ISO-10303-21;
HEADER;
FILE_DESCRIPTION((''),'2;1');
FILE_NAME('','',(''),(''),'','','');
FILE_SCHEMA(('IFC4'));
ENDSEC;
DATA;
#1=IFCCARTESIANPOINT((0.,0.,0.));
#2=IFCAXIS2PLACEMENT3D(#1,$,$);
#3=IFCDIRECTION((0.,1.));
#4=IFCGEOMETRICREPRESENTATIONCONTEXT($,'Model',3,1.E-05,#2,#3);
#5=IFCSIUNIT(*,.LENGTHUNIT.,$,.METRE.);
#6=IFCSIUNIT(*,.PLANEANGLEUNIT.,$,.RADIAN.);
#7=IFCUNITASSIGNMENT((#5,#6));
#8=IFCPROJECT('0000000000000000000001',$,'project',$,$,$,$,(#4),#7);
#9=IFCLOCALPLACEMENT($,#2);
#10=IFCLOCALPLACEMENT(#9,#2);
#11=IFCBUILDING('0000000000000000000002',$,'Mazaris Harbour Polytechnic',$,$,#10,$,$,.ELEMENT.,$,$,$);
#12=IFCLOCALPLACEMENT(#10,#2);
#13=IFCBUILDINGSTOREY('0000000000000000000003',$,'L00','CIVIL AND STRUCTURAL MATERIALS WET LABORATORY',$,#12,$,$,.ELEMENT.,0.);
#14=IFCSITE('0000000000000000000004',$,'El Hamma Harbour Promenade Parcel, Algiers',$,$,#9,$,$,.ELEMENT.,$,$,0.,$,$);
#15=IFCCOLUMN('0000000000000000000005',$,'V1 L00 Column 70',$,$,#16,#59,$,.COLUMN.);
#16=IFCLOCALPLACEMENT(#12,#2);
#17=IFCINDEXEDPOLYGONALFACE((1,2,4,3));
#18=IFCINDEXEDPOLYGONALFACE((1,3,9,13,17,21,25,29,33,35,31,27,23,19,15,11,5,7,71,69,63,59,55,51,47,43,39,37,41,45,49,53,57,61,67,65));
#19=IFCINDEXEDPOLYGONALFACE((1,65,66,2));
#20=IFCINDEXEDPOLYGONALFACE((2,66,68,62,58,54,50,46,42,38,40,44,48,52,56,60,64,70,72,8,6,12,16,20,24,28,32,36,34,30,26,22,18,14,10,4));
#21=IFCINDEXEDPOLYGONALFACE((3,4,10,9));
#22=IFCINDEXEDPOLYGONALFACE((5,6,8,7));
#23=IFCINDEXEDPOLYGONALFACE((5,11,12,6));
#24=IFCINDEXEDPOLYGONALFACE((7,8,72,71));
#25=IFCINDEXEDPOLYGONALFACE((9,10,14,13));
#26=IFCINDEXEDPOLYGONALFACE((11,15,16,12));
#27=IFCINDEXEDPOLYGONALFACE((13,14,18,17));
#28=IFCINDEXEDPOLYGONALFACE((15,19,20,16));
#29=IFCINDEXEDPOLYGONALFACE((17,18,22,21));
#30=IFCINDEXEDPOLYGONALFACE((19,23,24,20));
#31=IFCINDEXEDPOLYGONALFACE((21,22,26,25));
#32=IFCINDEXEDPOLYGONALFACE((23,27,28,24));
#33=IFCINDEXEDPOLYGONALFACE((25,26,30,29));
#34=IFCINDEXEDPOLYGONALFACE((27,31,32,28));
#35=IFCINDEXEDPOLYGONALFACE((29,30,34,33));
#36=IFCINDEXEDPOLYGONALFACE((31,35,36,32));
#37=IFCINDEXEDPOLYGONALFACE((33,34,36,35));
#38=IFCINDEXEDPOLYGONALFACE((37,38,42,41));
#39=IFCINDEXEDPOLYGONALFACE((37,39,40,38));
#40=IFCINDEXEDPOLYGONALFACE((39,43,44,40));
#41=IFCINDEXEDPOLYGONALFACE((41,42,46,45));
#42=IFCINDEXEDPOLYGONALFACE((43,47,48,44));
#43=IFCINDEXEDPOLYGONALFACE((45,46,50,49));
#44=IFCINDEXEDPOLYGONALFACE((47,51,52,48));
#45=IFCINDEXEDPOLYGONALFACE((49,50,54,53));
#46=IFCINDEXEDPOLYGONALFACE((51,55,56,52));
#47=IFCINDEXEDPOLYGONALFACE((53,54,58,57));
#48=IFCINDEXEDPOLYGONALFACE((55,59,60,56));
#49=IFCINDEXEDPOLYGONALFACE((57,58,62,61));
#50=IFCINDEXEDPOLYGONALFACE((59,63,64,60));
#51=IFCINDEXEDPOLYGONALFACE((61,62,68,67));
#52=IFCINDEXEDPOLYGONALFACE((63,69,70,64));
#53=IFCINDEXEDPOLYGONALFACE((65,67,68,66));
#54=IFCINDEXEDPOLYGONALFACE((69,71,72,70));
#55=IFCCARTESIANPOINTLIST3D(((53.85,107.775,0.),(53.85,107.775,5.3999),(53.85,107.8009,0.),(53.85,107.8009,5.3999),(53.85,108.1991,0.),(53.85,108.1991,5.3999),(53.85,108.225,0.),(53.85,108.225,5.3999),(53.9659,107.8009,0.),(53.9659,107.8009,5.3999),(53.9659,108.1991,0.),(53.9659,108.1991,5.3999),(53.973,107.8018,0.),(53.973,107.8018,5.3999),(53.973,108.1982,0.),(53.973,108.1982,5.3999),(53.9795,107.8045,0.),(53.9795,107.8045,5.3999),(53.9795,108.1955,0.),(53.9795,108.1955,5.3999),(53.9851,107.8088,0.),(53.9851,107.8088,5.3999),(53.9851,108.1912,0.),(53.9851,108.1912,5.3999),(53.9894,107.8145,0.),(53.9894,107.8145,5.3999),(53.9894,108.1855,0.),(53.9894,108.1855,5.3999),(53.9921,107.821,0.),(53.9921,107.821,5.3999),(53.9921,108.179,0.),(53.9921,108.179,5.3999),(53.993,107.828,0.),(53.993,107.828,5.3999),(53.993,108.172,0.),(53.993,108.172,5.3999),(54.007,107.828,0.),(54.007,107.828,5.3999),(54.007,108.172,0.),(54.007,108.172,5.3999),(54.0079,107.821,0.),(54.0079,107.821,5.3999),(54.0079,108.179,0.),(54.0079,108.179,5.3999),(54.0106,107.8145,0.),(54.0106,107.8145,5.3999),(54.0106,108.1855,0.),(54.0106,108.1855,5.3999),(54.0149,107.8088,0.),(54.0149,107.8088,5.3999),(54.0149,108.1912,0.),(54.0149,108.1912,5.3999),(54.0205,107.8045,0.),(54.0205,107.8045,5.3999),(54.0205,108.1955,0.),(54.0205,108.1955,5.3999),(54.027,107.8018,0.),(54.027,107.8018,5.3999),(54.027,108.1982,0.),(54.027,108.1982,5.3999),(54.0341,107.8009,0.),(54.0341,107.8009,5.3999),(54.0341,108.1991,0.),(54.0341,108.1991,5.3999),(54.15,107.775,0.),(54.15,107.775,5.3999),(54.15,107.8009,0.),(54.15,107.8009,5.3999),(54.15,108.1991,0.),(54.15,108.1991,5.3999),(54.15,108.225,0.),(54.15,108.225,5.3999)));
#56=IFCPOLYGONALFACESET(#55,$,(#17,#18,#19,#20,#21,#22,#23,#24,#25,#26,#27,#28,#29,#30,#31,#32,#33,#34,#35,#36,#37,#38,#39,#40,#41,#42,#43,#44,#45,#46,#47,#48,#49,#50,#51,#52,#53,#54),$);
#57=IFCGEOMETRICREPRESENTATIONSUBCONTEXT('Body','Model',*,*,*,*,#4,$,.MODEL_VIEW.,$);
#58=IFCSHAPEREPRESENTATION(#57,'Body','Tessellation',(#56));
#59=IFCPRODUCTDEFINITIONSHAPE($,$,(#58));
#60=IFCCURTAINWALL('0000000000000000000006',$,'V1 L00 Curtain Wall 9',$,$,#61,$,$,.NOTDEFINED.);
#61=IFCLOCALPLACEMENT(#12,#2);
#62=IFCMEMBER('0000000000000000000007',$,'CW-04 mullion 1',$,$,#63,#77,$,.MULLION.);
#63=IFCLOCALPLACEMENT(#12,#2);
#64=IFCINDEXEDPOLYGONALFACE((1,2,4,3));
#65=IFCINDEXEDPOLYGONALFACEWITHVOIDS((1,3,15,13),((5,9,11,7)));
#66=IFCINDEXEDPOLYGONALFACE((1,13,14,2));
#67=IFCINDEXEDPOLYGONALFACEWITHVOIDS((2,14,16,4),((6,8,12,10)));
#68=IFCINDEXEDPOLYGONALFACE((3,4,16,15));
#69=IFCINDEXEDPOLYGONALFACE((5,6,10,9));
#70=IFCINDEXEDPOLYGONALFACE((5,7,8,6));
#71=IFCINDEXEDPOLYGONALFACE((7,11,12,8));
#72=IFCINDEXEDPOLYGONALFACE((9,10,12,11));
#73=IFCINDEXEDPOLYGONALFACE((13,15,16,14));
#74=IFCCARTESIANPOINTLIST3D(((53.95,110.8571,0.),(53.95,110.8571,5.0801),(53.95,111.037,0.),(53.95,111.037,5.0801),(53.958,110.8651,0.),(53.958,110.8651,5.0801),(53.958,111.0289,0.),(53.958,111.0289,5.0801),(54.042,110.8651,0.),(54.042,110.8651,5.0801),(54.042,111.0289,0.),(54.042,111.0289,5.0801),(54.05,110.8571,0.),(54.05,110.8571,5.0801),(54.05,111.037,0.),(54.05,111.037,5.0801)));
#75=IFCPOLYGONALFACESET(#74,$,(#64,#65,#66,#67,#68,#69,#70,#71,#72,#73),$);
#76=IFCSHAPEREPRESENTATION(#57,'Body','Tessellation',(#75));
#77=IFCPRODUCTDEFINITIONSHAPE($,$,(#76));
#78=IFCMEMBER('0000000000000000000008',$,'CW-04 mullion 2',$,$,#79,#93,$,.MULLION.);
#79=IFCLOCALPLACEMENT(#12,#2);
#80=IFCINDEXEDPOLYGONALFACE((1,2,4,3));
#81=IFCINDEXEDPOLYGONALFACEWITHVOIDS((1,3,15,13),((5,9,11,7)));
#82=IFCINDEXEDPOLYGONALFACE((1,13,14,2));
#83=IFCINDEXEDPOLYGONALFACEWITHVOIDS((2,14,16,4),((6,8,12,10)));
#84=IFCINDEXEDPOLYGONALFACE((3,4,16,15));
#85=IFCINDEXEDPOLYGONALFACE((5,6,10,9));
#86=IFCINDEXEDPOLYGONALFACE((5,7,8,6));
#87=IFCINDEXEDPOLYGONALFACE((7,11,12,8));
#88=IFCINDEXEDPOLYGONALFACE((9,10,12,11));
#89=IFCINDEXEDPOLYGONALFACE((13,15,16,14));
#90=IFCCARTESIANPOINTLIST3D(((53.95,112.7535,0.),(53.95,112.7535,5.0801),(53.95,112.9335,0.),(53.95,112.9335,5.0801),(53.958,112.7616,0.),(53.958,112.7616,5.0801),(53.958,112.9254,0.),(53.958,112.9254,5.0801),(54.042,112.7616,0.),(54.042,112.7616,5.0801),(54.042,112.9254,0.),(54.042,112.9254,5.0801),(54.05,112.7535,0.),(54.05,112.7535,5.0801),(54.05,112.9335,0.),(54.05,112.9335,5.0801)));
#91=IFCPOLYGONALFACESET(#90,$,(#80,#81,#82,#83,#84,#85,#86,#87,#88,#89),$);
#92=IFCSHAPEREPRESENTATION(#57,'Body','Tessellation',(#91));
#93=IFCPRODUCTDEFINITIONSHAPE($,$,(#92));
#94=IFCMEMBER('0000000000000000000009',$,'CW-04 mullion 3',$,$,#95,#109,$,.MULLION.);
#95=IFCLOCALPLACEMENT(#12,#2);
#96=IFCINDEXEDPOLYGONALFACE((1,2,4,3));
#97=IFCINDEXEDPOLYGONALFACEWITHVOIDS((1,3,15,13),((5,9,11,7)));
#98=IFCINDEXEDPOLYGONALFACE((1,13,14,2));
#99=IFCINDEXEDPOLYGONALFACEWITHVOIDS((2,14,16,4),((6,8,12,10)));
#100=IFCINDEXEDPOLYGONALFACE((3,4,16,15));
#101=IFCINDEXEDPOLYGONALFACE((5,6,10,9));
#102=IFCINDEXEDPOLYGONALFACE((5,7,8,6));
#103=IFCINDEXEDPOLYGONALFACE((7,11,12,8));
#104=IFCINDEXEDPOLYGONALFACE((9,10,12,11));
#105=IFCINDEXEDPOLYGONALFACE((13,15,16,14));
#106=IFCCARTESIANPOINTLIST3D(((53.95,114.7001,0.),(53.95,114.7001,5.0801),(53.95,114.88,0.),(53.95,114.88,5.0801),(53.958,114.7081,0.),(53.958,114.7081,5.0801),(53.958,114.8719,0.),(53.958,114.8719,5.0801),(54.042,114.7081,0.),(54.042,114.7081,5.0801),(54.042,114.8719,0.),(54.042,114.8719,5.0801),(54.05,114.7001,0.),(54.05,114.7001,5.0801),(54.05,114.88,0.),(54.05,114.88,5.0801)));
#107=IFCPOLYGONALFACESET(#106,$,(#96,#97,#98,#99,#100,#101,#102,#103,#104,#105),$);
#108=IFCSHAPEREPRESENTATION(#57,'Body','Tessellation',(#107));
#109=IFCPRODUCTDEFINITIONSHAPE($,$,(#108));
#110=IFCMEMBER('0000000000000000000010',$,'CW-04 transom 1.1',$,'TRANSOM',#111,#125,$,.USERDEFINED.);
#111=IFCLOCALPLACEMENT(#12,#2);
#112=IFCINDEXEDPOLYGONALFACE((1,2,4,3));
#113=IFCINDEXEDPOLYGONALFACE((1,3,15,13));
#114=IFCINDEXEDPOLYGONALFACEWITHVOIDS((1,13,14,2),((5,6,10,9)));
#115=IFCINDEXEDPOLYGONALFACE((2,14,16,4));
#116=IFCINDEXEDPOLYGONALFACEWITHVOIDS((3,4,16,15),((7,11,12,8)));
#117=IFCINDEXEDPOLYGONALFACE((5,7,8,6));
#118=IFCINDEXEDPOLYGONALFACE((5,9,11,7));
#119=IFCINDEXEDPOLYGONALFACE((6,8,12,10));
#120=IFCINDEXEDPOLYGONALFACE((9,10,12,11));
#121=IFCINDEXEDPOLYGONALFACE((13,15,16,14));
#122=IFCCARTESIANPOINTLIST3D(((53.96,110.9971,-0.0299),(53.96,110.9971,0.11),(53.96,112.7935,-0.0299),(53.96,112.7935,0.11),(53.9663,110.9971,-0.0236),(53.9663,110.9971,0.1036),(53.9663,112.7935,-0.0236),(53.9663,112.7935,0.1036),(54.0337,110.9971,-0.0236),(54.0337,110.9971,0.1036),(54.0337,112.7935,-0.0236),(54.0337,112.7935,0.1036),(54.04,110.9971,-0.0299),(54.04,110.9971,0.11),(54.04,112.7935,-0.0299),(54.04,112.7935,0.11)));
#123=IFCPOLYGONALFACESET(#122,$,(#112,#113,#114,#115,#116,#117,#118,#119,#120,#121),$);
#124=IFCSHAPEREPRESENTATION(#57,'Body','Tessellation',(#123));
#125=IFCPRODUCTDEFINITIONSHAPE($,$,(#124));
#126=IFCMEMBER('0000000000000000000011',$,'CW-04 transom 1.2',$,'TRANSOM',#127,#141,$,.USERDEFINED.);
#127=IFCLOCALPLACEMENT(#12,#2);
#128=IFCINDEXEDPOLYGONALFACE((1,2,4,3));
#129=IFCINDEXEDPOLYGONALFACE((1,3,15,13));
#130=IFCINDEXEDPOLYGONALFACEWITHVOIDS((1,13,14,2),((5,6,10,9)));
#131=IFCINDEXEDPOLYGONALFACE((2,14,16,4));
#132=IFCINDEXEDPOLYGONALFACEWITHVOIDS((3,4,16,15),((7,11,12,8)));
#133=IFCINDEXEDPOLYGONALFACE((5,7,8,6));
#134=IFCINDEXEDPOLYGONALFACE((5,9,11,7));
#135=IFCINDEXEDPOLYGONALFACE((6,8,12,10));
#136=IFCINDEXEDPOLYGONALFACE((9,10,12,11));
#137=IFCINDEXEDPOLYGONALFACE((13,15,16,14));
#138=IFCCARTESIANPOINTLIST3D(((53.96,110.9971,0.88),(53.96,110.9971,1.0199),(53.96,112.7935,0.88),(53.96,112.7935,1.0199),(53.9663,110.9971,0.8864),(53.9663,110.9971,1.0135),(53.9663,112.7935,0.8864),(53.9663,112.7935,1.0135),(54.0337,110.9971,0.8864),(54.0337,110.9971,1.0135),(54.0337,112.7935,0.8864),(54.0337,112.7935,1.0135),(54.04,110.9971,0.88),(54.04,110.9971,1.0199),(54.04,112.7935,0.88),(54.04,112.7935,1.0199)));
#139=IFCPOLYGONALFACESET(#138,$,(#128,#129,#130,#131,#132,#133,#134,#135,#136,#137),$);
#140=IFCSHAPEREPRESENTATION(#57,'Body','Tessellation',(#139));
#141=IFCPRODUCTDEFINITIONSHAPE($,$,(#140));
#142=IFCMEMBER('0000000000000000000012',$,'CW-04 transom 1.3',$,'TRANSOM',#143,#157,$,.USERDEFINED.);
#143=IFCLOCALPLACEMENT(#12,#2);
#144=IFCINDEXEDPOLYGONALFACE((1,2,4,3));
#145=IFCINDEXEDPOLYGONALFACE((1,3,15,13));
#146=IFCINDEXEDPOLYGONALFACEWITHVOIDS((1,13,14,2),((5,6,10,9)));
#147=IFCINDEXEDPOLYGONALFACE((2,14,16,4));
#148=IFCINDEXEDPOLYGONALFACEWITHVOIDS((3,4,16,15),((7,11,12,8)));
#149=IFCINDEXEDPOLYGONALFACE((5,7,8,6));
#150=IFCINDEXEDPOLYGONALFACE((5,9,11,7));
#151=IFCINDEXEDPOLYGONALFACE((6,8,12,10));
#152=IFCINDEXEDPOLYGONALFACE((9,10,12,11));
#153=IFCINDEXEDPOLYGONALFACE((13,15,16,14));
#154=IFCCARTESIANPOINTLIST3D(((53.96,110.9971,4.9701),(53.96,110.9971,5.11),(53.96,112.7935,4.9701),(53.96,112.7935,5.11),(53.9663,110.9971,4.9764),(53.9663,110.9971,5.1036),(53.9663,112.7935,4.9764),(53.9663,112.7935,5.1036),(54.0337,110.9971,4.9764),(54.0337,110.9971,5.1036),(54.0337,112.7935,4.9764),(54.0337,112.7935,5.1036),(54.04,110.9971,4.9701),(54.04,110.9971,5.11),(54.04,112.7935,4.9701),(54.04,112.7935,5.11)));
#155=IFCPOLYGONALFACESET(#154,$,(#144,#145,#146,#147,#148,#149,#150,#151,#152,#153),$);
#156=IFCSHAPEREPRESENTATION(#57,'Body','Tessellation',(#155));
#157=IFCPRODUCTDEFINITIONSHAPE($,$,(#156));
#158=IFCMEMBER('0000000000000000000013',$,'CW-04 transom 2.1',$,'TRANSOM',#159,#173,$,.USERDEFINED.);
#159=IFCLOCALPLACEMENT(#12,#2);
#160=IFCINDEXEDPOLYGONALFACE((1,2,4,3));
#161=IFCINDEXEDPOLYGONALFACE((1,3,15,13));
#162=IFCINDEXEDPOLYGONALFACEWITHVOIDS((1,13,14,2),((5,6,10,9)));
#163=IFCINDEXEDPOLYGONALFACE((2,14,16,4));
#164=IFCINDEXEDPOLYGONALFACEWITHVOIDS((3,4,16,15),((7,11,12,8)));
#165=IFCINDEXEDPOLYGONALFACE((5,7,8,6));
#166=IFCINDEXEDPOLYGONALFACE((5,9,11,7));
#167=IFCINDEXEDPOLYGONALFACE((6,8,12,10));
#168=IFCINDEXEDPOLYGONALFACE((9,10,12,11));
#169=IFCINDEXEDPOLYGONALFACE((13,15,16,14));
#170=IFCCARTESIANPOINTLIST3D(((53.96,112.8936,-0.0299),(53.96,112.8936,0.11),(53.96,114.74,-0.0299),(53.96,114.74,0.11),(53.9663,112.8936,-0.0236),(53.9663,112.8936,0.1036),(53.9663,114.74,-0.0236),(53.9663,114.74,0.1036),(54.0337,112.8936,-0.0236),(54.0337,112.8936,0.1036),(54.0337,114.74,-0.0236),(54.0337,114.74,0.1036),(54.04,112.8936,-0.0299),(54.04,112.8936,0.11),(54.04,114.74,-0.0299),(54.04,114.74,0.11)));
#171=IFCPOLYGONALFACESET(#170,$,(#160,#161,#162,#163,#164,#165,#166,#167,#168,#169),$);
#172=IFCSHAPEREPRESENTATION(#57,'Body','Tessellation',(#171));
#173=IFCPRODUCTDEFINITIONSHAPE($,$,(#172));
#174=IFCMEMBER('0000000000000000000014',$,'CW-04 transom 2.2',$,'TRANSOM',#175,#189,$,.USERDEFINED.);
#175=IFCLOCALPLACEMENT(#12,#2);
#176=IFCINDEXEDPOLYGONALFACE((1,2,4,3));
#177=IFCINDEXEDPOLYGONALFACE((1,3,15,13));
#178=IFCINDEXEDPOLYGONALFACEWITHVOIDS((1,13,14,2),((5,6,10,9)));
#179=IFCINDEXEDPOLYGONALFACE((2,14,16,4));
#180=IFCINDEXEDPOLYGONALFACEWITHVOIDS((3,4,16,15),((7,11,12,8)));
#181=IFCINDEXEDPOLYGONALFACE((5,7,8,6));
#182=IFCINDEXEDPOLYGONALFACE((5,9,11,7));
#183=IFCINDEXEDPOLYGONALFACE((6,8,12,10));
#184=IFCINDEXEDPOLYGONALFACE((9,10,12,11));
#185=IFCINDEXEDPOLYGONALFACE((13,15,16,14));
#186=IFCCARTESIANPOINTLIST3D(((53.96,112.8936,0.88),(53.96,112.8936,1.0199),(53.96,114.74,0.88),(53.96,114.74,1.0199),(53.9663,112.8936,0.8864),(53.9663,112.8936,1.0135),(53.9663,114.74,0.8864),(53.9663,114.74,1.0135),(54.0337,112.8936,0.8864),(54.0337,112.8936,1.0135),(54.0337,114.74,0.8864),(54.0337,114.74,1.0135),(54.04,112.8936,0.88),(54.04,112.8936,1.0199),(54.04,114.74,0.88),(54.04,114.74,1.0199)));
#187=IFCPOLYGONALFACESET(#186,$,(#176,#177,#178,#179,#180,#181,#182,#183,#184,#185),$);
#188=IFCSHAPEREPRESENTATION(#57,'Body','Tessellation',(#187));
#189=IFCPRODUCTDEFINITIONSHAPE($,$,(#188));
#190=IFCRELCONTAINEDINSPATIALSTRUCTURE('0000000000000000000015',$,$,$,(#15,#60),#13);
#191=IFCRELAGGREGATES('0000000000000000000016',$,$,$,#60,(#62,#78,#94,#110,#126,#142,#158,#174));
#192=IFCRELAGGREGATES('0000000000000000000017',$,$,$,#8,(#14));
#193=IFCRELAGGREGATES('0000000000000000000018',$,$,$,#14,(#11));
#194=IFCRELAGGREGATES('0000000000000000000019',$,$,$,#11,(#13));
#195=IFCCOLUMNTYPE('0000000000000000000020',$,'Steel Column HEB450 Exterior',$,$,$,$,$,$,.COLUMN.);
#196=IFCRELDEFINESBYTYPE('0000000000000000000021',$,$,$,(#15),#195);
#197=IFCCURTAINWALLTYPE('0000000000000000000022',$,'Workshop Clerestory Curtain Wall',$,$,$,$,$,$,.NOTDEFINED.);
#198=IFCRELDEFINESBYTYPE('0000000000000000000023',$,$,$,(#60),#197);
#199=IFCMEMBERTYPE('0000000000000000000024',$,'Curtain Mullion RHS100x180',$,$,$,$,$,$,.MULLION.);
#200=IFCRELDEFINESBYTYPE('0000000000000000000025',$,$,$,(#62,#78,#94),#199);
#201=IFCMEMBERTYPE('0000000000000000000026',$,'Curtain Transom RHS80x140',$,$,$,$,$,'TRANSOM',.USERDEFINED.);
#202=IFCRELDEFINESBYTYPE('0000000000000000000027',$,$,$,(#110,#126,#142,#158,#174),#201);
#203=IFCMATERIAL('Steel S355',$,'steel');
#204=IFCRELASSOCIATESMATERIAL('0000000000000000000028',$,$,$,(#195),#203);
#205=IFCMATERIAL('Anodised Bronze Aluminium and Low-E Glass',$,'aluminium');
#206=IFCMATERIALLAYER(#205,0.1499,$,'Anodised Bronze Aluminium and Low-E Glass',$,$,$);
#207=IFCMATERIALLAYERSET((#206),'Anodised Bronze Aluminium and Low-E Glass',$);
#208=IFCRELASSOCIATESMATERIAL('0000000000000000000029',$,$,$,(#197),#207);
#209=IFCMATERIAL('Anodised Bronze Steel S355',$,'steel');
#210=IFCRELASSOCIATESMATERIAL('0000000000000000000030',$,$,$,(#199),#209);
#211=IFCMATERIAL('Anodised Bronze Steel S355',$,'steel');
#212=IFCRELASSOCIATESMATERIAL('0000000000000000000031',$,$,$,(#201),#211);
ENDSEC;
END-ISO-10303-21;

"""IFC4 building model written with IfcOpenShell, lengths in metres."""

from ifc_helpers import new_model, si_unit, direction, frame, origin, origin_2d, place, context, subcontext, project, spatial, hollow_rectangle, i_section, extrude, material, layer, layer_set, material_profile, profile_set, type_object, element, aggregate, save


model = new_model("IFC4")

# Units and contexts
model_context = context("Model", 3, precision=1e-05, world=origin(), true_north=direction((0.0, 1.0)))
body_context = subcontext(model_context, "Body", "Model", "MODEL_VIEW")
ifc_project = project(units=[si_unit("LENGTHUNIT", "METRE"), si_unit("PLANEANGLEUNIT", "RADIAN")], contexts=[model_context])

# Site, building, storey
site_placement = place(None, origin())
site = spatial("IfcSite", under=ifc_project, at=site_placement, Name="El Hamma Harbour Promenade Parcel, Algiers", CompositionType="ELEMENT", RefElevation=0.0)
building_placement = place(site_placement, origin())
building = spatial("IfcBuilding", under=site, at=building_placement, Name="Mazaris Harbour Polytechnic", CompositionType="ELEMENT")
storey_placement = place(building_placement, origin())
storey = spatial("IfcBuildingStorey", under=building, at=storey_placement, Name="L00", Description="CIVIL AND STRUCTURAL MATERIALS WET LABORATORY", CompositionType="ELEMENT", Elevation=0.0)

# Column
ifc_material_1 = material(Name="Steel S355", Category="steel")
ifc_material_profile_1 = material_profile(ifc_material_1, i_section(OverallWidth=0.3, OverallDepth=0.45, WebThickness=0.0139, FlangeThickness=0.0259, FilletRadius=0.0271, at=origin_2d()), Name="HEB 450")
ifc_profile_set_1 = profile_set([ifc_material_profile_1], Name="Steel S355")
column_type_1 = type_object("IfcColumnType", Name="Steel Column HEB450 Exterior", PredefinedType="COLUMN", material=ifc_profile_set_1)
column_1_placement = place(storey_placement, frame((54.0, 108.0, 0.0), z_axis=(0.0, 0.0, 1.0), x_axis=(1.0, 0.0, 0.0)))
element("IfcColumn", 1, at=column_1_placement, inside=storey, type_object=column_type_1, Name="V1 L00 Column 70", PredefinedType="COLUMN", context=body_context, shape_type="SweptSolid", body=[
    extrude(i_section(OverallWidth=0.3, OverallDepth=0.45, WebThickness=0.0139, FlangeThickness=0.0259, FilletRadius=0.0271, at=origin_2d()), origin(), (0.0, 0.0, 1.0), 5.3999),
])

# Curtain wall, members
ifc_material_2 = material(Name="Anodised Bronze Aluminium and Low-E Glass", Category="aluminium")
ifc_layer_1 = layer(ifc_material_2, 0.1499, Name="Anodised Bronze Aluminium and Low-E Glass")
ifc_layer_set_1 = layer_set([ifc_layer_1], Name="Anodised Bronze Aluminium and Low-E Glass")
curtain_wall_type = type_object("IfcCurtainWallType", Name="Workshop Clerestory Curtain Wall", PredefinedType="NOTDEFINED", material=ifc_layer_set_1)
curtain_wall_placement = place(storey_placement, origin())
curtain_wall = element("IfcCurtainWall", 2, at=curtain_wall_placement, inside=storey, type_object=curtain_wall_type, Name="V1 L00 Curtain Wall 9", PredefinedType="NOTDEFINED")
ifc_material_3 = material(Name="Anodised Bronze Steel S355", Category="steel")
ifc_material_profile_2 = material_profile(ifc_material_3, hollow_rectangle(XDim=0.1001, YDim=0.1799, WallThickness=0.0081, at=origin_2d()), Name="RHS 100x180x8.0")
ifc_profile_set_2 = profile_set([ifc_material_profile_2], Name="Anodised Bronze Steel S355")
member_type_1 = type_object("IfcMemberType", Name="Curtain Mullion RHS100x180", PredefinedType="MULLION", material=ifc_profile_set_2)
member_1_placement = place(storey_placement, frame((54.0, 110.947, 0.0), z_axis=(0.0, 0.0, 1.0), x_axis=(-1.0, 0.0, 0.0)))
member_1 = element("IfcMember", 3, at=member_1_placement, type_object=member_type_1, Name="CW-04 mullion 1", PredefinedType="MULLION", context=body_context, shape_type="SweptSolid", body=[
    extrude(hollow_rectangle(XDim=0.1001, YDim=0.1799, WallThickness=0.0081, at=origin_2d()), origin(), (0.0, 0.0, 1.0), 5.0801),
])
member_2_placement = place(storey_placement, frame((54.0, 112.8435, 0.0), z_axis=(0.0, 0.0, 1.0), x_axis=(-1.0, 0.0, 0.0)))
member_2 = element("IfcMember", 4, at=member_2_placement, type_object=member_type_1, Name="CW-04 mullion 2", PredefinedType="MULLION", context=body_context, shape_type="SweptSolid", body=[
    extrude(hollow_rectangle(XDim=0.1001, YDim=0.1799, WallThickness=0.0081, at=origin_2d()), origin(), (0.0, 0.0, 1.0), 5.0801),
])
member_3_placement = place(storey_placement, frame((54.0, 114.79, 0.0), z_axis=(0.0, 0.0, 1.0), x_axis=(-1.0, 0.0, 0.0)))
member_3 = element("IfcMember", 5, at=member_3_placement, type_object=member_type_1, Name="CW-04 mullion 3", PredefinedType="MULLION", context=body_context, shape_type="SweptSolid", body=[
    extrude(hollow_rectangle(XDim=0.1001, YDim=0.1799, WallThickness=0.0081, at=origin_2d()), origin(), (0.0, 0.0, 1.0), 5.0801),
])
ifc_material_4 = material(Name="Anodised Bronze Steel S355", Category="steel")
ifc_material_profile_3 = material_profile(ifc_material_4, hollow_rectangle(XDim=0.0801, YDim=0.1399, WallThickness=0.0063, at=origin_2d()), Name="RHS 80x140x6.3")
ifc_profile_set_3 = profile_set([ifc_material_profile_3], Name="Anodised Bronze Steel S355")
member_type_2 = type_object("IfcMemberType", Name="Curtain Transom RHS80x140", ElementType="TRANSOM", PredefinedType="USERDEFINED", material=ifc_profile_set_3)
member_4_placement = place(storey_placement, frame((54.0, 110.9971, 0.04), z_axis=(0.0, 1.0, 0.0), x_axis=(-1.0, 0.0, 0.0)))
member_4 = element("IfcMember", 6, at=member_4_placement, type_object=member_type_2, Name="CW-04 transom 1.1", ObjectType="TRANSOM", PredefinedType="USERDEFINED", context=body_context, shape_type="SweptSolid", body=[
    extrude(hollow_rectangle(XDim=0.0801, YDim=0.1399, WallThickness=0.0063, at=origin_2d()), origin(), (0.0, 0.0, 1.0), 1.7964),
])
member_5_placement = place(storey_placement, frame((54.0, 110.9971, 0.95), z_axis=(0.0, 1.0, 0.0), x_axis=(-1.0, 0.0, 0.0)))
member_5 = element("IfcMember", 7, at=member_5_placement, type_object=member_type_2, Name="CW-04 transom 1.2", ObjectType="TRANSOM", PredefinedType="USERDEFINED", context=body_context, shape_type="SweptSolid", body=[
    extrude(hollow_rectangle(XDim=0.0801, YDim=0.1399, WallThickness=0.0063, at=origin_2d()), origin(), (0.0, 0.0, 1.0), 1.7964),
])
member_6_placement = place(storey_placement, frame((54.0, 110.9971, 5.04), z_axis=(0.0, 1.0, 0.0), x_axis=(-1.0, 0.0, 0.0)))
member_6 = element("IfcMember", 8, at=member_6_placement, type_object=member_type_2, Name="CW-04 transom 1.3", ObjectType="TRANSOM", PredefinedType="USERDEFINED", context=body_context, shape_type="SweptSolid", body=[
    extrude(hollow_rectangle(XDim=0.0801, YDim=0.1399, WallThickness=0.0063, at=origin_2d()), origin(), (0.0, 0.0, 1.0), 1.7964),
])
member_7_placement = place(storey_placement, frame((54.0, 112.8936, 0.04), z_axis=(0.0, 1.0, 0.0), x_axis=(-1.0, 0.0, 0.0)))
member_7 = element("IfcMember", 9, at=member_7_placement, type_object=member_type_2, Name="CW-04 transom 2.1", ObjectType="TRANSOM", PredefinedType="USERDEFINED", context=body_context, shape_type="SweptSolid", body=[
    extrude(hollow_rectangle(XDim=0.0801, YDim=0.1399, WallThickness=0.0063, at=origin_2d()), origin(), (0.0, 0.0, 1.0), 1.8464),
])
member_8_placement = place(storey_placement, frame((54.0, 112.8936, 0.95), z_axis=(0.0, 1.0, 0.0), x_axis=(-1.0, 0.0, 0.0)))
member_8 = element("IfcMember", 10, at=member_8_placement, type_object=member_type_2, Name="CW-04 transom 2.2", ObjectType="TRANSOM", PredefinedType="USERDEFINED", context=body_context, shape_type="SweptSolid", body=[
    extrude(hollow_rectangle(XDim=0.0801, YDim=0.1399, WallThickness=0.0063, at=origin_2d()), origin(), (0.0, 0.0, 1.0), 1.8464),
])

aggregate(curtain_wall, [member_1, member_2, member_3, member_4, member_5, member_6, member_7, member_8])

save(model, "model.ifc")
